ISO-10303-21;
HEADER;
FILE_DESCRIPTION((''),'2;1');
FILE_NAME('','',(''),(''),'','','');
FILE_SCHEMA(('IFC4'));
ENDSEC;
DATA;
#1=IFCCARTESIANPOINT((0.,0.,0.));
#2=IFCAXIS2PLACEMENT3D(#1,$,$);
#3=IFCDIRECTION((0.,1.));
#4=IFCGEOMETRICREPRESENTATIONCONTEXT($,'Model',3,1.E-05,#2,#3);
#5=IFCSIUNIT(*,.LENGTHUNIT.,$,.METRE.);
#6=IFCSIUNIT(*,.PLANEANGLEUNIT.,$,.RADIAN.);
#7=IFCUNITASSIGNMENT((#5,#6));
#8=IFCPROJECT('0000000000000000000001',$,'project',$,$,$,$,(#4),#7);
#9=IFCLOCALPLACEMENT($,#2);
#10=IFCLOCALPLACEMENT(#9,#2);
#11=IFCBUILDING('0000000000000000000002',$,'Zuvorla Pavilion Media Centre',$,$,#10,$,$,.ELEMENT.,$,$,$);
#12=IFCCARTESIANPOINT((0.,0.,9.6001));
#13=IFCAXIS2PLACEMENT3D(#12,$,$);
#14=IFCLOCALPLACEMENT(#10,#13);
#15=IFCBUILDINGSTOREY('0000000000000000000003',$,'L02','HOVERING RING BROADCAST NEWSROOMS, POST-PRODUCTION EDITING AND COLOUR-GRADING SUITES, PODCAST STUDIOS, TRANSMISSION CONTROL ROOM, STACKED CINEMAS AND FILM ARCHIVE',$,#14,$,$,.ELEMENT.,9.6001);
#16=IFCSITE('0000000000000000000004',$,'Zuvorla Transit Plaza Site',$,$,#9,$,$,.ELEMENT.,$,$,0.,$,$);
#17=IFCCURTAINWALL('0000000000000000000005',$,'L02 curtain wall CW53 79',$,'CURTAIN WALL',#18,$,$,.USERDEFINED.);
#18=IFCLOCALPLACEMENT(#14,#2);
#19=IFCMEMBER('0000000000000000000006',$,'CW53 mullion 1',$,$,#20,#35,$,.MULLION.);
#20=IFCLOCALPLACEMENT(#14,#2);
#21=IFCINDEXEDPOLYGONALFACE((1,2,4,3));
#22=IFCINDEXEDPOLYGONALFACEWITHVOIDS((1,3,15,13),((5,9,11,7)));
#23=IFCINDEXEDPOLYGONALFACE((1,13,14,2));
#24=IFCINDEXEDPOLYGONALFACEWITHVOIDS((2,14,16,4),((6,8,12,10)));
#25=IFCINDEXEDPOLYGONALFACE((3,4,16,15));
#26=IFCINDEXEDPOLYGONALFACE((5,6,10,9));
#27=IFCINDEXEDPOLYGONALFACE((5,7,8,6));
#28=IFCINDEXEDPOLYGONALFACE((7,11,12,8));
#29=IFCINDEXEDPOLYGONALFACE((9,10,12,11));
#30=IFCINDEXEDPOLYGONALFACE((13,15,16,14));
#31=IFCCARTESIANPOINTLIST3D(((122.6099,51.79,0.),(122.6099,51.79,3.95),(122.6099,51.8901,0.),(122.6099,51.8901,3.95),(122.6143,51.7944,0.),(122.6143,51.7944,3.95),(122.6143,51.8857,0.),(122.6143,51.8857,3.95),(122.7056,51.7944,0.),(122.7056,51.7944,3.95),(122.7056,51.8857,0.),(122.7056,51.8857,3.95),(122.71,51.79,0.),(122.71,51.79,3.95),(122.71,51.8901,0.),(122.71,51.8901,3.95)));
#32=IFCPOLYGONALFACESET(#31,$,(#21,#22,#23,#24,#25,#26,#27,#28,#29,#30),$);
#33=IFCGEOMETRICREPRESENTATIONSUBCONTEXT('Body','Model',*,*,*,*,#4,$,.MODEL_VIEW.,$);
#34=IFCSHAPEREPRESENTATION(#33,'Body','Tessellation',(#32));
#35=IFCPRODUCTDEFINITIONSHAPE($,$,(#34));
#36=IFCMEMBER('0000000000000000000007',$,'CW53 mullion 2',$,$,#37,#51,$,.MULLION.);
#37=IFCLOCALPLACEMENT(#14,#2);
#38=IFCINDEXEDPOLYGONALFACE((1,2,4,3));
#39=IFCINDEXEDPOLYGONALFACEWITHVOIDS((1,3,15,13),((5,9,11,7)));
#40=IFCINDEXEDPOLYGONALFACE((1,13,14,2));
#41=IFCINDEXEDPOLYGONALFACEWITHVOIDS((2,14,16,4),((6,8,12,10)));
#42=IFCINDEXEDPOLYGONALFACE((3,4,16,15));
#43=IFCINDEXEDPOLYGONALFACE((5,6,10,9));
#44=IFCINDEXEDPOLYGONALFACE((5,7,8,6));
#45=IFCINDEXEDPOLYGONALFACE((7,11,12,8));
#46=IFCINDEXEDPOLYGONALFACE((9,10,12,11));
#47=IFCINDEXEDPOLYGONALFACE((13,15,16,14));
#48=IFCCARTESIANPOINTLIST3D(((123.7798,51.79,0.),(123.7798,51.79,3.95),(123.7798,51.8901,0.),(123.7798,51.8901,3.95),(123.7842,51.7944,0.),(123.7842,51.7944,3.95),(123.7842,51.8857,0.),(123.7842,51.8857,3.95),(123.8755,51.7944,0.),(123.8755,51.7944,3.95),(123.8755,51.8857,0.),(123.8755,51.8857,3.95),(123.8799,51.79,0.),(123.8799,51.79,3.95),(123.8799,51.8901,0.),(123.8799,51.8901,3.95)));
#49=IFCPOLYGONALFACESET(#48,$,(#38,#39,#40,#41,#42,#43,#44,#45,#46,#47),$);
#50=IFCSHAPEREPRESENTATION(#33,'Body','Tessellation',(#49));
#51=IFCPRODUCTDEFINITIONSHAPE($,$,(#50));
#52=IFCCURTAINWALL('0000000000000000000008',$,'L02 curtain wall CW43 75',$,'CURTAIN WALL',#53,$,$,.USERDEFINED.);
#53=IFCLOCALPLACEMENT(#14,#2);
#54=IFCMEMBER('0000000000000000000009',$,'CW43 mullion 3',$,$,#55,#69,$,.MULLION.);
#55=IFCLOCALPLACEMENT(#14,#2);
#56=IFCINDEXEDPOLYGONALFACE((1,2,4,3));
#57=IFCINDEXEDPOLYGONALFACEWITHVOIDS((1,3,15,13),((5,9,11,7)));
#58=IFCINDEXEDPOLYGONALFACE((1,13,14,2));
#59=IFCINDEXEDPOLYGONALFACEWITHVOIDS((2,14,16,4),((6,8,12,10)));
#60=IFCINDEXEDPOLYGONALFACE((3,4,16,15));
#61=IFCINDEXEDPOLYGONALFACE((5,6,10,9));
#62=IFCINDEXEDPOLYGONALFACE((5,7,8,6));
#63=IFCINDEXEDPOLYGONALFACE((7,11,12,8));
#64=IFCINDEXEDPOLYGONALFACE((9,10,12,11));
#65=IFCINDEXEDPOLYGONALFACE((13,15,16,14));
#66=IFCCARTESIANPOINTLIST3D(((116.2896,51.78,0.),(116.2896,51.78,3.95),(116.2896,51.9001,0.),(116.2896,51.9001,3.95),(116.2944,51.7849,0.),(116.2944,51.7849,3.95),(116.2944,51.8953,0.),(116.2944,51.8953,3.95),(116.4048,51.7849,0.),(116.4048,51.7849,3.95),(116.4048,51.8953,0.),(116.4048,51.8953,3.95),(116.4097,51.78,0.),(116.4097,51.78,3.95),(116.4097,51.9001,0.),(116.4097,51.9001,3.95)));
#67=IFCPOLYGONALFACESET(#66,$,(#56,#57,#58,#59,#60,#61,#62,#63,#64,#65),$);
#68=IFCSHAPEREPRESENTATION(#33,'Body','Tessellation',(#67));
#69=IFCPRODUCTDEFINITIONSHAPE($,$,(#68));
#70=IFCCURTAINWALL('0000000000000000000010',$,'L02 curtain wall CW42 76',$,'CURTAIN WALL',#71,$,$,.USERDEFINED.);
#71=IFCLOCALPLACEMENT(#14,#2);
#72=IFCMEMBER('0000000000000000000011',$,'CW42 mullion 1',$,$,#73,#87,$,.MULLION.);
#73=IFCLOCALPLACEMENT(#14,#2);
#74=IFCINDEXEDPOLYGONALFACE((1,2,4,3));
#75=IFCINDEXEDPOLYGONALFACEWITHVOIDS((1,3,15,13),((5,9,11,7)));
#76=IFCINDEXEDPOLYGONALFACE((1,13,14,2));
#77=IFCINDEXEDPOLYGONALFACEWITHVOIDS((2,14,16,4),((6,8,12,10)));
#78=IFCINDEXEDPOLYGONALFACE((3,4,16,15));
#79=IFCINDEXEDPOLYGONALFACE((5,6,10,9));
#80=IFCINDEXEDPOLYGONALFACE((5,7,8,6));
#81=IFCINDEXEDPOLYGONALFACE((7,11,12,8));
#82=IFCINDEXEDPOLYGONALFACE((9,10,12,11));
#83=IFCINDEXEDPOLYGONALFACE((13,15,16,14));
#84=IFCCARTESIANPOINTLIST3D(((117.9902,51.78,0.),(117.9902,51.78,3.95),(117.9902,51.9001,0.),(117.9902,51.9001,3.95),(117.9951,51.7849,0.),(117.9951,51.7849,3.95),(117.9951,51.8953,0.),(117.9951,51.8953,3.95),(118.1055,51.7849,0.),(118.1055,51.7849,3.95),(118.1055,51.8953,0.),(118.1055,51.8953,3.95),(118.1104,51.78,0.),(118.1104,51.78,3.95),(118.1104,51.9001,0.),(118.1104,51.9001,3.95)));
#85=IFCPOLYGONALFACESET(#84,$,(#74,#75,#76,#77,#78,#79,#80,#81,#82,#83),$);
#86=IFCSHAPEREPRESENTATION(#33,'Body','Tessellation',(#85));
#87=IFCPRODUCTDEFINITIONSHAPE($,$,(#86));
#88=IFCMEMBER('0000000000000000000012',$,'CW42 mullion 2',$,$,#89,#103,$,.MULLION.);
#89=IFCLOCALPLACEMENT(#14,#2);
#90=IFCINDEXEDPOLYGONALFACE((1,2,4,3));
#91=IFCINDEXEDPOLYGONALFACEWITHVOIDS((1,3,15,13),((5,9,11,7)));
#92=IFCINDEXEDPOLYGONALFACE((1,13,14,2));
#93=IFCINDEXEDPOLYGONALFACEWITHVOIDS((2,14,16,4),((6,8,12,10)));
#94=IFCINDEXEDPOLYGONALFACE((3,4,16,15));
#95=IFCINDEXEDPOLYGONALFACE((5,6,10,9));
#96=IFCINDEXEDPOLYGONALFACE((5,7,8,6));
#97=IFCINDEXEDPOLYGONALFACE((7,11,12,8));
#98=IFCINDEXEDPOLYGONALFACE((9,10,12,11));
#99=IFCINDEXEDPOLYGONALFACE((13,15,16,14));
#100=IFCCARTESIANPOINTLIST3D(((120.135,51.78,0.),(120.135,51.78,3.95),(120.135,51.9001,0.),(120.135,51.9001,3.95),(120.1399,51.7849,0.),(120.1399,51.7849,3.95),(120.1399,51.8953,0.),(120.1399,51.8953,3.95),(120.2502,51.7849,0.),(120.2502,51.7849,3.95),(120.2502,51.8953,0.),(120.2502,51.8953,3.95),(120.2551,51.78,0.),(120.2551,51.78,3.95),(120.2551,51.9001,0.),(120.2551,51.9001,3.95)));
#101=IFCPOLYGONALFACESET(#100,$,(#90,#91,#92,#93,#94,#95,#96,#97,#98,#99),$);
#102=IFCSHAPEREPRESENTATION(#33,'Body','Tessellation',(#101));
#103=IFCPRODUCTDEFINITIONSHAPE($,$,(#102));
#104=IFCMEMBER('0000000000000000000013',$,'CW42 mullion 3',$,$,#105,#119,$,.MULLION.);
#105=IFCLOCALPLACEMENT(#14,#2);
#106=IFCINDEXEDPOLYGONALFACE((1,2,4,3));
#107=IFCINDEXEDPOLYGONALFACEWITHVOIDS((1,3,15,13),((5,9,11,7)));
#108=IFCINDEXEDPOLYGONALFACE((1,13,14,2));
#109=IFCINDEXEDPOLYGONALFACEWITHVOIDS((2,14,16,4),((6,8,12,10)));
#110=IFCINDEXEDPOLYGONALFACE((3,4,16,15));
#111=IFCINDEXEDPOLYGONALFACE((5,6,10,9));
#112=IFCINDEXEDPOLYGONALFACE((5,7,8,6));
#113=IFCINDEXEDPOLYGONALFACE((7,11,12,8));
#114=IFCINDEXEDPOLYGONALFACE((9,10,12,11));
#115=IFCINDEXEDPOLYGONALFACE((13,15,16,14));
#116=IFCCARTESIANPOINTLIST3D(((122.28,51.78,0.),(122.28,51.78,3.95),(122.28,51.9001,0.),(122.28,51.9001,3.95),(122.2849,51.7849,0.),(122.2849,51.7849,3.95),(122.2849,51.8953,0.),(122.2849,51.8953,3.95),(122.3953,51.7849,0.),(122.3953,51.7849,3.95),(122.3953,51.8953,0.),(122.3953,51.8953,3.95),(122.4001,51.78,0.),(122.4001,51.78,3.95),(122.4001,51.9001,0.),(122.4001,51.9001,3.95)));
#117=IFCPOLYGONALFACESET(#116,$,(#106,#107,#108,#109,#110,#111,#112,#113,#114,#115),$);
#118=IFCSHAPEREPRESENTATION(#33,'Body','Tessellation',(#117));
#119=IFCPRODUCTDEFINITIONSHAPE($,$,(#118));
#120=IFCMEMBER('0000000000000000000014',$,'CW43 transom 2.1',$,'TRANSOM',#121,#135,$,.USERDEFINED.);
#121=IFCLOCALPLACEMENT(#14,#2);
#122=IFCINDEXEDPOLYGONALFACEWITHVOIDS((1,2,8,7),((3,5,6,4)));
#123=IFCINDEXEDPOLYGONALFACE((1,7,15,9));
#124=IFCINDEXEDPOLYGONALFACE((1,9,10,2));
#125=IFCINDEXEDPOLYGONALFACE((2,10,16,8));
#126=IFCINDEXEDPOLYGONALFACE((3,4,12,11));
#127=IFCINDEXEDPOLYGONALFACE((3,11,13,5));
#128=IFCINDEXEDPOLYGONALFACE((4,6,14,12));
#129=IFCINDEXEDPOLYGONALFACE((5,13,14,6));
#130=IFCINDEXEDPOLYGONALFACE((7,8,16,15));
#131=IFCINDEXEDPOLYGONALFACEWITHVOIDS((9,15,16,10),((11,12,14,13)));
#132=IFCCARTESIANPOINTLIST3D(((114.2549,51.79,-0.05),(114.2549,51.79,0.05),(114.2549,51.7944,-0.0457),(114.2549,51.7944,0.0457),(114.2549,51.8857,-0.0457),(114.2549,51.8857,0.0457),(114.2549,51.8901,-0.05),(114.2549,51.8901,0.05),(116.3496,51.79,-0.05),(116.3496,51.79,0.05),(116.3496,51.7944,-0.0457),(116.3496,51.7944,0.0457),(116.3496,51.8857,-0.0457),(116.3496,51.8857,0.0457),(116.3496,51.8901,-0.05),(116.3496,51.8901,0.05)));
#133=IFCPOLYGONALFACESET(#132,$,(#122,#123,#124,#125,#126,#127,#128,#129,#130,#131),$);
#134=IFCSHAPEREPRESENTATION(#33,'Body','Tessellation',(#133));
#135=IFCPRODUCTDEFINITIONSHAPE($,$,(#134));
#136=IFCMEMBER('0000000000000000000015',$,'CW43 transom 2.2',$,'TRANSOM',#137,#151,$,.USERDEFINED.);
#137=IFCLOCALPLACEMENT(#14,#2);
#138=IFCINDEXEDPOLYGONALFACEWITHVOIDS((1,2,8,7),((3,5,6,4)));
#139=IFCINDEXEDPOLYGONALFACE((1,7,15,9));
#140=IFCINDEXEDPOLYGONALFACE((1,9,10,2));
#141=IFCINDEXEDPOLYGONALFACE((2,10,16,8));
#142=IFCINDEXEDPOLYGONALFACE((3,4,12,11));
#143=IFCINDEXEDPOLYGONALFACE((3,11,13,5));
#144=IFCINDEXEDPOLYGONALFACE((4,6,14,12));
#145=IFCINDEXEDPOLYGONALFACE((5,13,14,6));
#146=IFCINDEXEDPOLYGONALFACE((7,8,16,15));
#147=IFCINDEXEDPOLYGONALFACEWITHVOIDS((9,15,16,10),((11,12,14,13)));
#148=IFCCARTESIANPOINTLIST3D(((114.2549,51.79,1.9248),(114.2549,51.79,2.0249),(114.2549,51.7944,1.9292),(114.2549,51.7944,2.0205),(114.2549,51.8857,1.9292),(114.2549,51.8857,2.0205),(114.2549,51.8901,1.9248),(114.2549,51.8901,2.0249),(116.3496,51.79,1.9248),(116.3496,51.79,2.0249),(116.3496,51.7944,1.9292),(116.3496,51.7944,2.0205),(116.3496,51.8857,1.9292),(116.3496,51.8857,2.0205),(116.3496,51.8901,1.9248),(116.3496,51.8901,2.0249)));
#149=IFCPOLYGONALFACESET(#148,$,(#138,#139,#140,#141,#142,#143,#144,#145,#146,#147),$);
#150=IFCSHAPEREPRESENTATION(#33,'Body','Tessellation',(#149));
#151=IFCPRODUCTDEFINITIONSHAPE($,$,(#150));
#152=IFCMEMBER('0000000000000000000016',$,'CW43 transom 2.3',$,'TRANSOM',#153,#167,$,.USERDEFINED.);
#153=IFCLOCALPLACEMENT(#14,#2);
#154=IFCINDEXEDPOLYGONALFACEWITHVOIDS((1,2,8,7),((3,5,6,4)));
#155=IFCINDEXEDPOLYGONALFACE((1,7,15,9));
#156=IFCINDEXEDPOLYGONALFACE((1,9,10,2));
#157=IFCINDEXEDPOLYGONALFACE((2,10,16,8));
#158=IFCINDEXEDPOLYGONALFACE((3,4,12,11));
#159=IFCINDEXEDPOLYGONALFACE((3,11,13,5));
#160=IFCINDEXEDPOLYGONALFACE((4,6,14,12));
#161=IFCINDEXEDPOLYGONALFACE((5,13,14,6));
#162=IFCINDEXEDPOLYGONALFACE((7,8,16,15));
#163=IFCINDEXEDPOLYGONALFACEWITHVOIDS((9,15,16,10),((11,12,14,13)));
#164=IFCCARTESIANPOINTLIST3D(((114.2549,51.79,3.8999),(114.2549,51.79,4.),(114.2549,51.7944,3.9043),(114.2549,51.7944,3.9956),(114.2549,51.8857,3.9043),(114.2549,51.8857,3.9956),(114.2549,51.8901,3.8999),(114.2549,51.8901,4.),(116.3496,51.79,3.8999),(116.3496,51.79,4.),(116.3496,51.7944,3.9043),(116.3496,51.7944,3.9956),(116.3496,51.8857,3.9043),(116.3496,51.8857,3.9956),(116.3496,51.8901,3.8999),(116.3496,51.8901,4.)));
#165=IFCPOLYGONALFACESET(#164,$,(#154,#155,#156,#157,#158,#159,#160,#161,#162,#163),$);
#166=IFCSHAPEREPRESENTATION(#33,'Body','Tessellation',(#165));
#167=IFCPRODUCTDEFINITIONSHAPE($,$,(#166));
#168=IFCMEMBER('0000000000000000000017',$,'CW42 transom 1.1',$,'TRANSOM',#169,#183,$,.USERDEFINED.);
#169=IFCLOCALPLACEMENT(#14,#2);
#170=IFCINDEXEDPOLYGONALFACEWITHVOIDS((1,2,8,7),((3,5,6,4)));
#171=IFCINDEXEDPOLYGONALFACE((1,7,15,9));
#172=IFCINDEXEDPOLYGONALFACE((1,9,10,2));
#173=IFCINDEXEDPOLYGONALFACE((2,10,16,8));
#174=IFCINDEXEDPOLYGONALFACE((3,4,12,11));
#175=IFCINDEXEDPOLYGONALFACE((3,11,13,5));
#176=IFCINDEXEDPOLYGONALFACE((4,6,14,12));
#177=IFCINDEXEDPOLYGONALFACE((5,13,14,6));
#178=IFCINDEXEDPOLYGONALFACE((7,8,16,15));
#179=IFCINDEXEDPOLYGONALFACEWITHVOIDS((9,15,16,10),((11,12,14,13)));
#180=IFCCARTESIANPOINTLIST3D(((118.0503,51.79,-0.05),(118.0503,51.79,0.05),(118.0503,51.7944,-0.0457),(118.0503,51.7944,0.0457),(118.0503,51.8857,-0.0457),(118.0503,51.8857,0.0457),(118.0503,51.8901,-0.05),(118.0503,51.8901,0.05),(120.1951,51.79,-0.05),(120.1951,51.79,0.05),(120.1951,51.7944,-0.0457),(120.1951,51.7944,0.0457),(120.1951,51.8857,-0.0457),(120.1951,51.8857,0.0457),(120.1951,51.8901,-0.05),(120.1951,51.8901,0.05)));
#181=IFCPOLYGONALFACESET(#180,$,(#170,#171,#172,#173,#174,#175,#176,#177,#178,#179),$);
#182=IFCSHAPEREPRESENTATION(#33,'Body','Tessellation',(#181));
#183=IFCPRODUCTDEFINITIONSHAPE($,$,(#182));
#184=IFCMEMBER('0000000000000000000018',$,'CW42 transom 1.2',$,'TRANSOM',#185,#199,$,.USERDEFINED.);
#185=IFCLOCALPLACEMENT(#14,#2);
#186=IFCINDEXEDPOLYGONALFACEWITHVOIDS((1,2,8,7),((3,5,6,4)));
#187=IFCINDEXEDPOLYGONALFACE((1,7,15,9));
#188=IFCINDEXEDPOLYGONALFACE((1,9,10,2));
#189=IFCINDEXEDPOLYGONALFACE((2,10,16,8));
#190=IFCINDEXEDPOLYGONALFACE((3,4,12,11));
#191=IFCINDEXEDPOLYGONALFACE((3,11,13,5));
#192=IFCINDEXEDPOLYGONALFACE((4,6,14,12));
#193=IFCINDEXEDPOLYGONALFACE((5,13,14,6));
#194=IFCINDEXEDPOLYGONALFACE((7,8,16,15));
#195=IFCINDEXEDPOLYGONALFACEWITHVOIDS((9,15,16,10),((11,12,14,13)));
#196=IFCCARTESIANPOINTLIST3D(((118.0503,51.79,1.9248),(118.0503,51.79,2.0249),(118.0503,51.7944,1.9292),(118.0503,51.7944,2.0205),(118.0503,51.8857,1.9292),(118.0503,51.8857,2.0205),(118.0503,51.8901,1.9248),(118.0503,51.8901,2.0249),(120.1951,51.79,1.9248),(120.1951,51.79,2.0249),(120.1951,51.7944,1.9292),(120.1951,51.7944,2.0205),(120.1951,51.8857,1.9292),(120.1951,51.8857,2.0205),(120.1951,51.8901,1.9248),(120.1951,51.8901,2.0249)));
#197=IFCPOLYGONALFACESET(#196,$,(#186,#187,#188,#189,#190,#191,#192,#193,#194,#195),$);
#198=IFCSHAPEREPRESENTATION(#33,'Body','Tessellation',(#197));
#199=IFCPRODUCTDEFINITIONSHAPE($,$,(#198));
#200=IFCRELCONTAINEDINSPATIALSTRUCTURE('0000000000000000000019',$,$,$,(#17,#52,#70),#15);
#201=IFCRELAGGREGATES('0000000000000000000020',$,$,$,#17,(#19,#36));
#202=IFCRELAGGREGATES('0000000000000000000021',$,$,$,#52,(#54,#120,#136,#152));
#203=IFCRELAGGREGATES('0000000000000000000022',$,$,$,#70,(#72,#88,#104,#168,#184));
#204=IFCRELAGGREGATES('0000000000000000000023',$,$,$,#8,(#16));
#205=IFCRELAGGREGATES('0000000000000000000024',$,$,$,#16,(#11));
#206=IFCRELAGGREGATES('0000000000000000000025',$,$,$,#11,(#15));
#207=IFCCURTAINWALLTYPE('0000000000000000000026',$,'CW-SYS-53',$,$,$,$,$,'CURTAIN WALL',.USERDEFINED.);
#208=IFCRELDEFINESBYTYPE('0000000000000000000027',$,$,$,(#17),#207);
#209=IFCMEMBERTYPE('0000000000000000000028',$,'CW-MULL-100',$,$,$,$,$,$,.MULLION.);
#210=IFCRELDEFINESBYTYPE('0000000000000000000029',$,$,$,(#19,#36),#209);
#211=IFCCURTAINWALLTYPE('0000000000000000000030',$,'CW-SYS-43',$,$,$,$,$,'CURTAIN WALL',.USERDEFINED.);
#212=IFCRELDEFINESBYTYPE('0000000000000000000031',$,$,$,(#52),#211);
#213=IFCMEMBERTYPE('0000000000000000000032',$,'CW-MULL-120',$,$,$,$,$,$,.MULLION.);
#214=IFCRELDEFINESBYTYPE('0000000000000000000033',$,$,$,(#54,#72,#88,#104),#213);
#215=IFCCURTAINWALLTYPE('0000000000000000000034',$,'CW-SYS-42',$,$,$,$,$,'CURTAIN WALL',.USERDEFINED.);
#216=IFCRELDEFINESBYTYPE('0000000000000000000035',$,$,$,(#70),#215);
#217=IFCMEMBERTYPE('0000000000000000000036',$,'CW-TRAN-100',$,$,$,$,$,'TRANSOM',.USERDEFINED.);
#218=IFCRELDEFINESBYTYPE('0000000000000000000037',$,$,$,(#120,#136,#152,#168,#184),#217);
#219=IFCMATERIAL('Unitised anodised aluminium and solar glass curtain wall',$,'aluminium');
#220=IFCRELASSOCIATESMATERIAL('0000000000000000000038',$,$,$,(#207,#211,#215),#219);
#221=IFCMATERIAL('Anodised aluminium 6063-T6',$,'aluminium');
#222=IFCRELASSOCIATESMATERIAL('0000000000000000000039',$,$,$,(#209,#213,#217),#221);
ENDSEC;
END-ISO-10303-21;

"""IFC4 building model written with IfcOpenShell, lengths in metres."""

from ifc_helpers import new_model, si_unit, direction, frame, origin, origin_2d, place, context, subcontext, project, spatial, hollow_rectangle, extrude, material, material_profile, profile_set, type_object, element, aggregate, save


model = new_model("IFC4")

# Units and contexts
model_context = context("Model", 3, precision=1e-05, world=origin(), true_north=direction((0.0, 1.0)))
body_context = subcontext(model_context, "Body", "Model", "MODEL_VIEW")
ifc_project = project(units=[si_unit("LENGTHUNIT", "METRE"), si_unit("PLANEANGLEUNIT", "RADIAN")], contexts=[model_context])

# Site, building, storey
site_placement = place(None, origin())
site = spatial("IfcSite", under=ifc_project, at=site_placement, Name="Zuvorla Transit Plaza Site", CompositionType="ELEMENT", RefElevation=0.0)
building_placement = place(site_placement, origin())
building = spatial("IfcBuilding", under=site, at=building_placement, Name="Zuvorla Pavilion Media Centre", CompositionType="ELEMENT")
storey_placement = place(building_placement, frame((0.0, 0.0, 9.6001)))
storey = spatial("IfcBuildingStorey", under=building, at=storey_placement, Name="L02", Description="HOVERING RING BROADCAST NEWSROOMS, POST-PRODUCTION EDITING AND COLOUR-GRADING SUITES, PODCAST STUDIOS, TRANSMISSION CONTROL ROOM, STACKED CINEMAS AND FILM ARCHIVE", CompositionType="ELEMENT", Elevation=9.6001)

# Curtain wall, members
ifc_material_1 = material(Name="Unitised anodised aluminium and solar glass curtain wall", Category="aluminium")
curtain_wall_type_1 = type_object("IfcCurtainWallType", Name="CW-SYS-53", ElementType="CURTAIN WALL", PredefinedType="USERDEFINED", material=ifc_material_1)
curtain_wall_1_placement = place(storey_placement, origin())
curtain_wall_1 = element("IfcCurtainWall", 1, at=curtain_wall_1_placement, inside=storey, type_object=curtain_wall_type_1, Name="L02 curtain wall CW53 79", ObjectType="CURTAIN WALL", PredefinedType="USERDEFINED")
ifc_material_2 = material(Name="Anodised aluminium 6063-T6", Category="aluminium")
ifc_material_profile_1 = material_profile(ifc_material_2, hollow_rectangle(XDim=0.1001, YDim=0.1001, WallThickness=0.0044, at=origin_2d()), Name="ALU MULL 100x100")
ifc_profile_set_1 = profile_set([ifc_material_profile_1], Name="Anodised aluminium 6063-T6")
member_type_1 = type_object("IfcMemberType", Name="CW-MULL-100", PredefinedType="MULLION", material=ifc_profile_set_1)
member_1_placement = place(storey_placement, frame((122.6599, 51.8401, 0.0), z_axis=(0.0, 0.0, 1.0), x_axis=(1.0, 0.0, 0.0)))
member_1 = element("IfcMember", 2, at=member_1_placement, type_object=member_type_1, Name="CW53 mullion 1", PredefinedType="MULLION", context=body_context, shape_type="SweptSolid", body=[
    extrude(hollow_rectangle(XDim=0.1001, YDim=0.1001, WallThickness=0.0044, at=origin_2d()), origin(), (0.0, 0.0, 1.0), 3.95),
])
member_2_placement = place(storey_placement, frame((123.8298, 51.8401, 0.0), z_axis=(0.0, 0.0, 1.0), x_axis=(1.0, 0.0, 0.0)))
member_2 = element("IfcMember", 3, at=member_2_placement, type_object=member_type_1, Name="CW53 mullion 2", PredefinedType="MULLION", context=body_context, shape_type="SweptSolid", body=[
    extrude(hollow_rectangle(XDim=0.1001, YDim=0.1001, WallThickness=0.0044, at=origin_2d()), origin(), (0.0, 0.0, 1.0), 3.95),
])

# Curtain wall, member
curtain_wall_type_2 = type_object("IfcCurtainWallType", Name="CW-SYS-43", ElementType="CURTAIN WALL", PredefinedType="USERDEFINED", material=ifc_material_1)
curtain_wall_2_placement = place(storey_placement, origin())
curtain_wall_2 = element("IfcCurtainWall", 4, at=curtain_wall_2_placement, inside=storey, type_object=curtain_wall_type_2, Name="L02 curtain wall CW43 75", ObjectType="CURTAIN WALL", PredefinedType="USERDEFINED")
ifc_material_profile_2 = material_profile(ifc_material_2, hollow_rectangle(XDim=0.1201, YDim=0.1201, WallThickness=0.0049, at=origin_2d()), Name="ALU MULL 120x120")
ifc_profile_set_2 = profile_set([ifc_material_profile_2], Name="Anodised aluminium 6063-T6")
member_type_2 = type_object("IfcMemberType", Name="CW-MULL-120", PredefinedType="MULLION", material=ifc_profile_set_2)
member_3_placement = place(storey_placement, frame((116.3496, 51.8401, 0.0), z_axis=(0.0, 0.0, 1.0), x_axis=(1.0, 0.0, 0.0)))
member_3 = element("IfcMember", 5, at=member_3_placement, type_object=member_type_2, Name="CW43 mullion 3", PredefinedType="MULLION", context=body_context, shape_type="SweptSolid", body=[
    extrude(hollow_rectangle(XDim=0.1201, YDim=0.1201, WallThickness=0.0049, at=origin_2d()), origin(), (0.0, 0.0, 1.0), 3.95),
])

# Curtain wall, members
curtain_wall_type_3 = type_object("IfcCurtainWallType", Name="CW-SYS-42", ElementType="CURTAIN WALL", PredefinedType="USERDEFINED", material=ifc_material_1)
curtain_wall_3_placement = place(storey_placement, origin())
curtain_wall_3 = element("IfcCurtainWall", 6, at=curtain_wall_3_placement, inside=storey, type_object=curtain_wall_type_3, Name="L02 curtain wall CW42 76", ObjectType="CURTAIN WALL", PredefinedType="USERDEFINED")
member_4_placement = place(storey_placement, frame((118.0503, 51.8401, 0.0), z_axis=(0.0, 0.0, 1.0), x_axis=(1.0, 0.0, 0.0)))
member_4 = element("IfcMember", 7, at=member_4_placement, type_object=member_type_2, Name="CW42 mullion 1", PredefinedType="MULLION", context=body_context, shape_type="SweptSolid", body=[
    extrude(hollow_rectangle(XDim=0.1201, YDim=0.1201, WallThickness=0.0049, at=origin_2d()), origin(), (0.0, 0.0, 1.0), 3.95),
])
member_5_placement = place(storey_placement, frame((120.1951, 51.8401, 0.0), z_axis=(0.0, 0.0, 1.0), x_axis=(1.0, 0.0, 0.0)))
member_5 = element("IfcMember", 8, at=member_5_placement, type_object=member_type_2, Name="CW42 mullion 2", PredefinedType="MULLION", context=body_context, shape_type="SweptSolid", body=[
    extrude(hollow_rectangle(XDim=0.1201, YDim=0.1201, WallThickness=0.0049, at=origin_2d()), origin(), (0.0, 0.0, 1.0), 3.95),
])
member_6_placement = place(storey_placement, frame((122.3401, 51.8401, 0.0), z_axis=(0.0, 0.0, 1.0), x_axis=(1.0, 0.0, 0.0)))
member_6 = element("IfcMember", 9, at=member_6_placement, type_object=member_type_2, Name="CW42 mullion 3", PredefinedType="MULLION", context=body_context, shape_type="SweptSolid", body=[
    extrude(hollow_rectangle(XDim=0.1201, YDim=0.1201, WallThickness=0.0049, at=origin_2d()), origin(), (0.0, 0.0, 1.0), 3.95),
])

# Members
ifc_material_profile_3 = material_profile(ifc_material_2, hollow_rectangle(XDim=0.1001, YDim=0.1001, WallThickness=0.0044, at=origin_2d()), Name="ALU TRAN 100x100")
ifc_profile_set_3 = profile_set([ifc_material_profile_3], Name="Anodised aluminium 6063-T6")
member_type_3 = type_object("IfcMemberType", Name="CW-TRAN-100", ElementType="TRANSOM", PredefinedType="USERDEFINED", material=ifc_profile_set_3)
member_7_placement = place(storey_placement, frame((114.2549, 51.8401, 0.0), z_axis=(1.0, 0.0, 0.0), x_axis=(0.0, 1.0, 0.0)))
member_7 = element("IfcMember", 10, at=member_7_placement, type_object=member_type_3, Name="CW43 transom 2.1", ObjectType="TRANSOM", PredefinedType="USERDEFINED", context=body_context, shape_type="SweptSolid", body=[
    extrude(hollow_rectangle(XDim=0.1001, YDim=0.1001, WallThickness=0.0044, at=origin_2d()), origin(), (0.0, 0.0, 1.0), 2.0947),
])
member_8_placement = place(storey_placement, frame((114.2549, 51.8401, 1.9749), z_axis=(1.0, 0.0, 0.0), x_axis=(0.0, 1.0, 0.0)))
member_8 = element("IfcMember", 11, at=member_8_placement, type_object=member_type_3, Name="CW43 transom 2.2", ObjectType="TRANSOM", PredefinedType="USERDEFINED", context=body_context, shape_type="SweptSolid", body=[
    extrude(hollow_rectangle(XDim=0.1001, YDim=0.1001, WallThickness=0.0044, at=origin_2d()), origin(), (0.0, 0.0, 1.0), 2.0947),
])
member_9_placement = place(storey_placement, frame((114.2549, 51.8401, 3.95), z_axis=(1.0, 0.0, 0.0), x_axis=(0.0, 1.0, 0.0)))
member_9 = element("IfcMember", 12, at=member_9_placement, type_object=member_type_3, Name="CW43 transom 2.3", ObjectType="TRANSOM", PredefinedType="USERDEFINED", context=body_context, shape_type="SweptSolid", body=[
    extrude(hollow_rectangle(XDim=0.1001, YDim=0.1001, WallThickness=0.0044, at=origin_2d()), origin(), (0.0, 0.0, 1.0), 2.0947),
])
member_10_placement = place(storey_placement, frame((118.0503, 51.8401, 0.0), z_axis=(1.0, 0.0, 0.0), x_axis=(0.0, 1.0, 0.0)))
member_10 = element("IfcMember", 13, at=member_10_placement, type_object=member_type_3, Name="CW42 transom 1.1", ObjectType="TRANSOM", PredefinedType="USERDEFINED", context=body_context, shape_type="SweptSolid", body=[
    extrude(hollow_rectangle(XDim=0.1001, YDim=0.1001, WallThickness=0.0044, at=origin_2d()), origin(), (0.0, 0.0, 1.0), 2.1448),
])
member_11_placement = place(storey_placement, frame((118.0503, 51.8401, 1.9749), z_axis=(1.0, 0.0, 0.0), x_axis=(0.0, 1.0, 0.0)))
member_11 = element("IfcMember", 14, at=member_11_placement, type_object=member_type_3, Name="CW42 transom 1.2", ObjectType="TRANSOM", PredefinedType="USERDEFINED", context=body_context, shape_type="SweptSolid", body=[
    extrude(hollow_rectangle(XDim=0.1001, YDim=0.1001, WallThickness=0.0044, at=origin_2d()), origin(), (0.0, 0.0, 1.0), 2.1448),
])

aggregate(curtain_wall_1, [member_1, member_2])
aggregate(curtain_wall_2, [member_3, member_7, member_8, member_9])
aggregate(curtain_wall_3, [member_4, member_5, member_6, member_10, member_11])

save(model, "model.ifc")
